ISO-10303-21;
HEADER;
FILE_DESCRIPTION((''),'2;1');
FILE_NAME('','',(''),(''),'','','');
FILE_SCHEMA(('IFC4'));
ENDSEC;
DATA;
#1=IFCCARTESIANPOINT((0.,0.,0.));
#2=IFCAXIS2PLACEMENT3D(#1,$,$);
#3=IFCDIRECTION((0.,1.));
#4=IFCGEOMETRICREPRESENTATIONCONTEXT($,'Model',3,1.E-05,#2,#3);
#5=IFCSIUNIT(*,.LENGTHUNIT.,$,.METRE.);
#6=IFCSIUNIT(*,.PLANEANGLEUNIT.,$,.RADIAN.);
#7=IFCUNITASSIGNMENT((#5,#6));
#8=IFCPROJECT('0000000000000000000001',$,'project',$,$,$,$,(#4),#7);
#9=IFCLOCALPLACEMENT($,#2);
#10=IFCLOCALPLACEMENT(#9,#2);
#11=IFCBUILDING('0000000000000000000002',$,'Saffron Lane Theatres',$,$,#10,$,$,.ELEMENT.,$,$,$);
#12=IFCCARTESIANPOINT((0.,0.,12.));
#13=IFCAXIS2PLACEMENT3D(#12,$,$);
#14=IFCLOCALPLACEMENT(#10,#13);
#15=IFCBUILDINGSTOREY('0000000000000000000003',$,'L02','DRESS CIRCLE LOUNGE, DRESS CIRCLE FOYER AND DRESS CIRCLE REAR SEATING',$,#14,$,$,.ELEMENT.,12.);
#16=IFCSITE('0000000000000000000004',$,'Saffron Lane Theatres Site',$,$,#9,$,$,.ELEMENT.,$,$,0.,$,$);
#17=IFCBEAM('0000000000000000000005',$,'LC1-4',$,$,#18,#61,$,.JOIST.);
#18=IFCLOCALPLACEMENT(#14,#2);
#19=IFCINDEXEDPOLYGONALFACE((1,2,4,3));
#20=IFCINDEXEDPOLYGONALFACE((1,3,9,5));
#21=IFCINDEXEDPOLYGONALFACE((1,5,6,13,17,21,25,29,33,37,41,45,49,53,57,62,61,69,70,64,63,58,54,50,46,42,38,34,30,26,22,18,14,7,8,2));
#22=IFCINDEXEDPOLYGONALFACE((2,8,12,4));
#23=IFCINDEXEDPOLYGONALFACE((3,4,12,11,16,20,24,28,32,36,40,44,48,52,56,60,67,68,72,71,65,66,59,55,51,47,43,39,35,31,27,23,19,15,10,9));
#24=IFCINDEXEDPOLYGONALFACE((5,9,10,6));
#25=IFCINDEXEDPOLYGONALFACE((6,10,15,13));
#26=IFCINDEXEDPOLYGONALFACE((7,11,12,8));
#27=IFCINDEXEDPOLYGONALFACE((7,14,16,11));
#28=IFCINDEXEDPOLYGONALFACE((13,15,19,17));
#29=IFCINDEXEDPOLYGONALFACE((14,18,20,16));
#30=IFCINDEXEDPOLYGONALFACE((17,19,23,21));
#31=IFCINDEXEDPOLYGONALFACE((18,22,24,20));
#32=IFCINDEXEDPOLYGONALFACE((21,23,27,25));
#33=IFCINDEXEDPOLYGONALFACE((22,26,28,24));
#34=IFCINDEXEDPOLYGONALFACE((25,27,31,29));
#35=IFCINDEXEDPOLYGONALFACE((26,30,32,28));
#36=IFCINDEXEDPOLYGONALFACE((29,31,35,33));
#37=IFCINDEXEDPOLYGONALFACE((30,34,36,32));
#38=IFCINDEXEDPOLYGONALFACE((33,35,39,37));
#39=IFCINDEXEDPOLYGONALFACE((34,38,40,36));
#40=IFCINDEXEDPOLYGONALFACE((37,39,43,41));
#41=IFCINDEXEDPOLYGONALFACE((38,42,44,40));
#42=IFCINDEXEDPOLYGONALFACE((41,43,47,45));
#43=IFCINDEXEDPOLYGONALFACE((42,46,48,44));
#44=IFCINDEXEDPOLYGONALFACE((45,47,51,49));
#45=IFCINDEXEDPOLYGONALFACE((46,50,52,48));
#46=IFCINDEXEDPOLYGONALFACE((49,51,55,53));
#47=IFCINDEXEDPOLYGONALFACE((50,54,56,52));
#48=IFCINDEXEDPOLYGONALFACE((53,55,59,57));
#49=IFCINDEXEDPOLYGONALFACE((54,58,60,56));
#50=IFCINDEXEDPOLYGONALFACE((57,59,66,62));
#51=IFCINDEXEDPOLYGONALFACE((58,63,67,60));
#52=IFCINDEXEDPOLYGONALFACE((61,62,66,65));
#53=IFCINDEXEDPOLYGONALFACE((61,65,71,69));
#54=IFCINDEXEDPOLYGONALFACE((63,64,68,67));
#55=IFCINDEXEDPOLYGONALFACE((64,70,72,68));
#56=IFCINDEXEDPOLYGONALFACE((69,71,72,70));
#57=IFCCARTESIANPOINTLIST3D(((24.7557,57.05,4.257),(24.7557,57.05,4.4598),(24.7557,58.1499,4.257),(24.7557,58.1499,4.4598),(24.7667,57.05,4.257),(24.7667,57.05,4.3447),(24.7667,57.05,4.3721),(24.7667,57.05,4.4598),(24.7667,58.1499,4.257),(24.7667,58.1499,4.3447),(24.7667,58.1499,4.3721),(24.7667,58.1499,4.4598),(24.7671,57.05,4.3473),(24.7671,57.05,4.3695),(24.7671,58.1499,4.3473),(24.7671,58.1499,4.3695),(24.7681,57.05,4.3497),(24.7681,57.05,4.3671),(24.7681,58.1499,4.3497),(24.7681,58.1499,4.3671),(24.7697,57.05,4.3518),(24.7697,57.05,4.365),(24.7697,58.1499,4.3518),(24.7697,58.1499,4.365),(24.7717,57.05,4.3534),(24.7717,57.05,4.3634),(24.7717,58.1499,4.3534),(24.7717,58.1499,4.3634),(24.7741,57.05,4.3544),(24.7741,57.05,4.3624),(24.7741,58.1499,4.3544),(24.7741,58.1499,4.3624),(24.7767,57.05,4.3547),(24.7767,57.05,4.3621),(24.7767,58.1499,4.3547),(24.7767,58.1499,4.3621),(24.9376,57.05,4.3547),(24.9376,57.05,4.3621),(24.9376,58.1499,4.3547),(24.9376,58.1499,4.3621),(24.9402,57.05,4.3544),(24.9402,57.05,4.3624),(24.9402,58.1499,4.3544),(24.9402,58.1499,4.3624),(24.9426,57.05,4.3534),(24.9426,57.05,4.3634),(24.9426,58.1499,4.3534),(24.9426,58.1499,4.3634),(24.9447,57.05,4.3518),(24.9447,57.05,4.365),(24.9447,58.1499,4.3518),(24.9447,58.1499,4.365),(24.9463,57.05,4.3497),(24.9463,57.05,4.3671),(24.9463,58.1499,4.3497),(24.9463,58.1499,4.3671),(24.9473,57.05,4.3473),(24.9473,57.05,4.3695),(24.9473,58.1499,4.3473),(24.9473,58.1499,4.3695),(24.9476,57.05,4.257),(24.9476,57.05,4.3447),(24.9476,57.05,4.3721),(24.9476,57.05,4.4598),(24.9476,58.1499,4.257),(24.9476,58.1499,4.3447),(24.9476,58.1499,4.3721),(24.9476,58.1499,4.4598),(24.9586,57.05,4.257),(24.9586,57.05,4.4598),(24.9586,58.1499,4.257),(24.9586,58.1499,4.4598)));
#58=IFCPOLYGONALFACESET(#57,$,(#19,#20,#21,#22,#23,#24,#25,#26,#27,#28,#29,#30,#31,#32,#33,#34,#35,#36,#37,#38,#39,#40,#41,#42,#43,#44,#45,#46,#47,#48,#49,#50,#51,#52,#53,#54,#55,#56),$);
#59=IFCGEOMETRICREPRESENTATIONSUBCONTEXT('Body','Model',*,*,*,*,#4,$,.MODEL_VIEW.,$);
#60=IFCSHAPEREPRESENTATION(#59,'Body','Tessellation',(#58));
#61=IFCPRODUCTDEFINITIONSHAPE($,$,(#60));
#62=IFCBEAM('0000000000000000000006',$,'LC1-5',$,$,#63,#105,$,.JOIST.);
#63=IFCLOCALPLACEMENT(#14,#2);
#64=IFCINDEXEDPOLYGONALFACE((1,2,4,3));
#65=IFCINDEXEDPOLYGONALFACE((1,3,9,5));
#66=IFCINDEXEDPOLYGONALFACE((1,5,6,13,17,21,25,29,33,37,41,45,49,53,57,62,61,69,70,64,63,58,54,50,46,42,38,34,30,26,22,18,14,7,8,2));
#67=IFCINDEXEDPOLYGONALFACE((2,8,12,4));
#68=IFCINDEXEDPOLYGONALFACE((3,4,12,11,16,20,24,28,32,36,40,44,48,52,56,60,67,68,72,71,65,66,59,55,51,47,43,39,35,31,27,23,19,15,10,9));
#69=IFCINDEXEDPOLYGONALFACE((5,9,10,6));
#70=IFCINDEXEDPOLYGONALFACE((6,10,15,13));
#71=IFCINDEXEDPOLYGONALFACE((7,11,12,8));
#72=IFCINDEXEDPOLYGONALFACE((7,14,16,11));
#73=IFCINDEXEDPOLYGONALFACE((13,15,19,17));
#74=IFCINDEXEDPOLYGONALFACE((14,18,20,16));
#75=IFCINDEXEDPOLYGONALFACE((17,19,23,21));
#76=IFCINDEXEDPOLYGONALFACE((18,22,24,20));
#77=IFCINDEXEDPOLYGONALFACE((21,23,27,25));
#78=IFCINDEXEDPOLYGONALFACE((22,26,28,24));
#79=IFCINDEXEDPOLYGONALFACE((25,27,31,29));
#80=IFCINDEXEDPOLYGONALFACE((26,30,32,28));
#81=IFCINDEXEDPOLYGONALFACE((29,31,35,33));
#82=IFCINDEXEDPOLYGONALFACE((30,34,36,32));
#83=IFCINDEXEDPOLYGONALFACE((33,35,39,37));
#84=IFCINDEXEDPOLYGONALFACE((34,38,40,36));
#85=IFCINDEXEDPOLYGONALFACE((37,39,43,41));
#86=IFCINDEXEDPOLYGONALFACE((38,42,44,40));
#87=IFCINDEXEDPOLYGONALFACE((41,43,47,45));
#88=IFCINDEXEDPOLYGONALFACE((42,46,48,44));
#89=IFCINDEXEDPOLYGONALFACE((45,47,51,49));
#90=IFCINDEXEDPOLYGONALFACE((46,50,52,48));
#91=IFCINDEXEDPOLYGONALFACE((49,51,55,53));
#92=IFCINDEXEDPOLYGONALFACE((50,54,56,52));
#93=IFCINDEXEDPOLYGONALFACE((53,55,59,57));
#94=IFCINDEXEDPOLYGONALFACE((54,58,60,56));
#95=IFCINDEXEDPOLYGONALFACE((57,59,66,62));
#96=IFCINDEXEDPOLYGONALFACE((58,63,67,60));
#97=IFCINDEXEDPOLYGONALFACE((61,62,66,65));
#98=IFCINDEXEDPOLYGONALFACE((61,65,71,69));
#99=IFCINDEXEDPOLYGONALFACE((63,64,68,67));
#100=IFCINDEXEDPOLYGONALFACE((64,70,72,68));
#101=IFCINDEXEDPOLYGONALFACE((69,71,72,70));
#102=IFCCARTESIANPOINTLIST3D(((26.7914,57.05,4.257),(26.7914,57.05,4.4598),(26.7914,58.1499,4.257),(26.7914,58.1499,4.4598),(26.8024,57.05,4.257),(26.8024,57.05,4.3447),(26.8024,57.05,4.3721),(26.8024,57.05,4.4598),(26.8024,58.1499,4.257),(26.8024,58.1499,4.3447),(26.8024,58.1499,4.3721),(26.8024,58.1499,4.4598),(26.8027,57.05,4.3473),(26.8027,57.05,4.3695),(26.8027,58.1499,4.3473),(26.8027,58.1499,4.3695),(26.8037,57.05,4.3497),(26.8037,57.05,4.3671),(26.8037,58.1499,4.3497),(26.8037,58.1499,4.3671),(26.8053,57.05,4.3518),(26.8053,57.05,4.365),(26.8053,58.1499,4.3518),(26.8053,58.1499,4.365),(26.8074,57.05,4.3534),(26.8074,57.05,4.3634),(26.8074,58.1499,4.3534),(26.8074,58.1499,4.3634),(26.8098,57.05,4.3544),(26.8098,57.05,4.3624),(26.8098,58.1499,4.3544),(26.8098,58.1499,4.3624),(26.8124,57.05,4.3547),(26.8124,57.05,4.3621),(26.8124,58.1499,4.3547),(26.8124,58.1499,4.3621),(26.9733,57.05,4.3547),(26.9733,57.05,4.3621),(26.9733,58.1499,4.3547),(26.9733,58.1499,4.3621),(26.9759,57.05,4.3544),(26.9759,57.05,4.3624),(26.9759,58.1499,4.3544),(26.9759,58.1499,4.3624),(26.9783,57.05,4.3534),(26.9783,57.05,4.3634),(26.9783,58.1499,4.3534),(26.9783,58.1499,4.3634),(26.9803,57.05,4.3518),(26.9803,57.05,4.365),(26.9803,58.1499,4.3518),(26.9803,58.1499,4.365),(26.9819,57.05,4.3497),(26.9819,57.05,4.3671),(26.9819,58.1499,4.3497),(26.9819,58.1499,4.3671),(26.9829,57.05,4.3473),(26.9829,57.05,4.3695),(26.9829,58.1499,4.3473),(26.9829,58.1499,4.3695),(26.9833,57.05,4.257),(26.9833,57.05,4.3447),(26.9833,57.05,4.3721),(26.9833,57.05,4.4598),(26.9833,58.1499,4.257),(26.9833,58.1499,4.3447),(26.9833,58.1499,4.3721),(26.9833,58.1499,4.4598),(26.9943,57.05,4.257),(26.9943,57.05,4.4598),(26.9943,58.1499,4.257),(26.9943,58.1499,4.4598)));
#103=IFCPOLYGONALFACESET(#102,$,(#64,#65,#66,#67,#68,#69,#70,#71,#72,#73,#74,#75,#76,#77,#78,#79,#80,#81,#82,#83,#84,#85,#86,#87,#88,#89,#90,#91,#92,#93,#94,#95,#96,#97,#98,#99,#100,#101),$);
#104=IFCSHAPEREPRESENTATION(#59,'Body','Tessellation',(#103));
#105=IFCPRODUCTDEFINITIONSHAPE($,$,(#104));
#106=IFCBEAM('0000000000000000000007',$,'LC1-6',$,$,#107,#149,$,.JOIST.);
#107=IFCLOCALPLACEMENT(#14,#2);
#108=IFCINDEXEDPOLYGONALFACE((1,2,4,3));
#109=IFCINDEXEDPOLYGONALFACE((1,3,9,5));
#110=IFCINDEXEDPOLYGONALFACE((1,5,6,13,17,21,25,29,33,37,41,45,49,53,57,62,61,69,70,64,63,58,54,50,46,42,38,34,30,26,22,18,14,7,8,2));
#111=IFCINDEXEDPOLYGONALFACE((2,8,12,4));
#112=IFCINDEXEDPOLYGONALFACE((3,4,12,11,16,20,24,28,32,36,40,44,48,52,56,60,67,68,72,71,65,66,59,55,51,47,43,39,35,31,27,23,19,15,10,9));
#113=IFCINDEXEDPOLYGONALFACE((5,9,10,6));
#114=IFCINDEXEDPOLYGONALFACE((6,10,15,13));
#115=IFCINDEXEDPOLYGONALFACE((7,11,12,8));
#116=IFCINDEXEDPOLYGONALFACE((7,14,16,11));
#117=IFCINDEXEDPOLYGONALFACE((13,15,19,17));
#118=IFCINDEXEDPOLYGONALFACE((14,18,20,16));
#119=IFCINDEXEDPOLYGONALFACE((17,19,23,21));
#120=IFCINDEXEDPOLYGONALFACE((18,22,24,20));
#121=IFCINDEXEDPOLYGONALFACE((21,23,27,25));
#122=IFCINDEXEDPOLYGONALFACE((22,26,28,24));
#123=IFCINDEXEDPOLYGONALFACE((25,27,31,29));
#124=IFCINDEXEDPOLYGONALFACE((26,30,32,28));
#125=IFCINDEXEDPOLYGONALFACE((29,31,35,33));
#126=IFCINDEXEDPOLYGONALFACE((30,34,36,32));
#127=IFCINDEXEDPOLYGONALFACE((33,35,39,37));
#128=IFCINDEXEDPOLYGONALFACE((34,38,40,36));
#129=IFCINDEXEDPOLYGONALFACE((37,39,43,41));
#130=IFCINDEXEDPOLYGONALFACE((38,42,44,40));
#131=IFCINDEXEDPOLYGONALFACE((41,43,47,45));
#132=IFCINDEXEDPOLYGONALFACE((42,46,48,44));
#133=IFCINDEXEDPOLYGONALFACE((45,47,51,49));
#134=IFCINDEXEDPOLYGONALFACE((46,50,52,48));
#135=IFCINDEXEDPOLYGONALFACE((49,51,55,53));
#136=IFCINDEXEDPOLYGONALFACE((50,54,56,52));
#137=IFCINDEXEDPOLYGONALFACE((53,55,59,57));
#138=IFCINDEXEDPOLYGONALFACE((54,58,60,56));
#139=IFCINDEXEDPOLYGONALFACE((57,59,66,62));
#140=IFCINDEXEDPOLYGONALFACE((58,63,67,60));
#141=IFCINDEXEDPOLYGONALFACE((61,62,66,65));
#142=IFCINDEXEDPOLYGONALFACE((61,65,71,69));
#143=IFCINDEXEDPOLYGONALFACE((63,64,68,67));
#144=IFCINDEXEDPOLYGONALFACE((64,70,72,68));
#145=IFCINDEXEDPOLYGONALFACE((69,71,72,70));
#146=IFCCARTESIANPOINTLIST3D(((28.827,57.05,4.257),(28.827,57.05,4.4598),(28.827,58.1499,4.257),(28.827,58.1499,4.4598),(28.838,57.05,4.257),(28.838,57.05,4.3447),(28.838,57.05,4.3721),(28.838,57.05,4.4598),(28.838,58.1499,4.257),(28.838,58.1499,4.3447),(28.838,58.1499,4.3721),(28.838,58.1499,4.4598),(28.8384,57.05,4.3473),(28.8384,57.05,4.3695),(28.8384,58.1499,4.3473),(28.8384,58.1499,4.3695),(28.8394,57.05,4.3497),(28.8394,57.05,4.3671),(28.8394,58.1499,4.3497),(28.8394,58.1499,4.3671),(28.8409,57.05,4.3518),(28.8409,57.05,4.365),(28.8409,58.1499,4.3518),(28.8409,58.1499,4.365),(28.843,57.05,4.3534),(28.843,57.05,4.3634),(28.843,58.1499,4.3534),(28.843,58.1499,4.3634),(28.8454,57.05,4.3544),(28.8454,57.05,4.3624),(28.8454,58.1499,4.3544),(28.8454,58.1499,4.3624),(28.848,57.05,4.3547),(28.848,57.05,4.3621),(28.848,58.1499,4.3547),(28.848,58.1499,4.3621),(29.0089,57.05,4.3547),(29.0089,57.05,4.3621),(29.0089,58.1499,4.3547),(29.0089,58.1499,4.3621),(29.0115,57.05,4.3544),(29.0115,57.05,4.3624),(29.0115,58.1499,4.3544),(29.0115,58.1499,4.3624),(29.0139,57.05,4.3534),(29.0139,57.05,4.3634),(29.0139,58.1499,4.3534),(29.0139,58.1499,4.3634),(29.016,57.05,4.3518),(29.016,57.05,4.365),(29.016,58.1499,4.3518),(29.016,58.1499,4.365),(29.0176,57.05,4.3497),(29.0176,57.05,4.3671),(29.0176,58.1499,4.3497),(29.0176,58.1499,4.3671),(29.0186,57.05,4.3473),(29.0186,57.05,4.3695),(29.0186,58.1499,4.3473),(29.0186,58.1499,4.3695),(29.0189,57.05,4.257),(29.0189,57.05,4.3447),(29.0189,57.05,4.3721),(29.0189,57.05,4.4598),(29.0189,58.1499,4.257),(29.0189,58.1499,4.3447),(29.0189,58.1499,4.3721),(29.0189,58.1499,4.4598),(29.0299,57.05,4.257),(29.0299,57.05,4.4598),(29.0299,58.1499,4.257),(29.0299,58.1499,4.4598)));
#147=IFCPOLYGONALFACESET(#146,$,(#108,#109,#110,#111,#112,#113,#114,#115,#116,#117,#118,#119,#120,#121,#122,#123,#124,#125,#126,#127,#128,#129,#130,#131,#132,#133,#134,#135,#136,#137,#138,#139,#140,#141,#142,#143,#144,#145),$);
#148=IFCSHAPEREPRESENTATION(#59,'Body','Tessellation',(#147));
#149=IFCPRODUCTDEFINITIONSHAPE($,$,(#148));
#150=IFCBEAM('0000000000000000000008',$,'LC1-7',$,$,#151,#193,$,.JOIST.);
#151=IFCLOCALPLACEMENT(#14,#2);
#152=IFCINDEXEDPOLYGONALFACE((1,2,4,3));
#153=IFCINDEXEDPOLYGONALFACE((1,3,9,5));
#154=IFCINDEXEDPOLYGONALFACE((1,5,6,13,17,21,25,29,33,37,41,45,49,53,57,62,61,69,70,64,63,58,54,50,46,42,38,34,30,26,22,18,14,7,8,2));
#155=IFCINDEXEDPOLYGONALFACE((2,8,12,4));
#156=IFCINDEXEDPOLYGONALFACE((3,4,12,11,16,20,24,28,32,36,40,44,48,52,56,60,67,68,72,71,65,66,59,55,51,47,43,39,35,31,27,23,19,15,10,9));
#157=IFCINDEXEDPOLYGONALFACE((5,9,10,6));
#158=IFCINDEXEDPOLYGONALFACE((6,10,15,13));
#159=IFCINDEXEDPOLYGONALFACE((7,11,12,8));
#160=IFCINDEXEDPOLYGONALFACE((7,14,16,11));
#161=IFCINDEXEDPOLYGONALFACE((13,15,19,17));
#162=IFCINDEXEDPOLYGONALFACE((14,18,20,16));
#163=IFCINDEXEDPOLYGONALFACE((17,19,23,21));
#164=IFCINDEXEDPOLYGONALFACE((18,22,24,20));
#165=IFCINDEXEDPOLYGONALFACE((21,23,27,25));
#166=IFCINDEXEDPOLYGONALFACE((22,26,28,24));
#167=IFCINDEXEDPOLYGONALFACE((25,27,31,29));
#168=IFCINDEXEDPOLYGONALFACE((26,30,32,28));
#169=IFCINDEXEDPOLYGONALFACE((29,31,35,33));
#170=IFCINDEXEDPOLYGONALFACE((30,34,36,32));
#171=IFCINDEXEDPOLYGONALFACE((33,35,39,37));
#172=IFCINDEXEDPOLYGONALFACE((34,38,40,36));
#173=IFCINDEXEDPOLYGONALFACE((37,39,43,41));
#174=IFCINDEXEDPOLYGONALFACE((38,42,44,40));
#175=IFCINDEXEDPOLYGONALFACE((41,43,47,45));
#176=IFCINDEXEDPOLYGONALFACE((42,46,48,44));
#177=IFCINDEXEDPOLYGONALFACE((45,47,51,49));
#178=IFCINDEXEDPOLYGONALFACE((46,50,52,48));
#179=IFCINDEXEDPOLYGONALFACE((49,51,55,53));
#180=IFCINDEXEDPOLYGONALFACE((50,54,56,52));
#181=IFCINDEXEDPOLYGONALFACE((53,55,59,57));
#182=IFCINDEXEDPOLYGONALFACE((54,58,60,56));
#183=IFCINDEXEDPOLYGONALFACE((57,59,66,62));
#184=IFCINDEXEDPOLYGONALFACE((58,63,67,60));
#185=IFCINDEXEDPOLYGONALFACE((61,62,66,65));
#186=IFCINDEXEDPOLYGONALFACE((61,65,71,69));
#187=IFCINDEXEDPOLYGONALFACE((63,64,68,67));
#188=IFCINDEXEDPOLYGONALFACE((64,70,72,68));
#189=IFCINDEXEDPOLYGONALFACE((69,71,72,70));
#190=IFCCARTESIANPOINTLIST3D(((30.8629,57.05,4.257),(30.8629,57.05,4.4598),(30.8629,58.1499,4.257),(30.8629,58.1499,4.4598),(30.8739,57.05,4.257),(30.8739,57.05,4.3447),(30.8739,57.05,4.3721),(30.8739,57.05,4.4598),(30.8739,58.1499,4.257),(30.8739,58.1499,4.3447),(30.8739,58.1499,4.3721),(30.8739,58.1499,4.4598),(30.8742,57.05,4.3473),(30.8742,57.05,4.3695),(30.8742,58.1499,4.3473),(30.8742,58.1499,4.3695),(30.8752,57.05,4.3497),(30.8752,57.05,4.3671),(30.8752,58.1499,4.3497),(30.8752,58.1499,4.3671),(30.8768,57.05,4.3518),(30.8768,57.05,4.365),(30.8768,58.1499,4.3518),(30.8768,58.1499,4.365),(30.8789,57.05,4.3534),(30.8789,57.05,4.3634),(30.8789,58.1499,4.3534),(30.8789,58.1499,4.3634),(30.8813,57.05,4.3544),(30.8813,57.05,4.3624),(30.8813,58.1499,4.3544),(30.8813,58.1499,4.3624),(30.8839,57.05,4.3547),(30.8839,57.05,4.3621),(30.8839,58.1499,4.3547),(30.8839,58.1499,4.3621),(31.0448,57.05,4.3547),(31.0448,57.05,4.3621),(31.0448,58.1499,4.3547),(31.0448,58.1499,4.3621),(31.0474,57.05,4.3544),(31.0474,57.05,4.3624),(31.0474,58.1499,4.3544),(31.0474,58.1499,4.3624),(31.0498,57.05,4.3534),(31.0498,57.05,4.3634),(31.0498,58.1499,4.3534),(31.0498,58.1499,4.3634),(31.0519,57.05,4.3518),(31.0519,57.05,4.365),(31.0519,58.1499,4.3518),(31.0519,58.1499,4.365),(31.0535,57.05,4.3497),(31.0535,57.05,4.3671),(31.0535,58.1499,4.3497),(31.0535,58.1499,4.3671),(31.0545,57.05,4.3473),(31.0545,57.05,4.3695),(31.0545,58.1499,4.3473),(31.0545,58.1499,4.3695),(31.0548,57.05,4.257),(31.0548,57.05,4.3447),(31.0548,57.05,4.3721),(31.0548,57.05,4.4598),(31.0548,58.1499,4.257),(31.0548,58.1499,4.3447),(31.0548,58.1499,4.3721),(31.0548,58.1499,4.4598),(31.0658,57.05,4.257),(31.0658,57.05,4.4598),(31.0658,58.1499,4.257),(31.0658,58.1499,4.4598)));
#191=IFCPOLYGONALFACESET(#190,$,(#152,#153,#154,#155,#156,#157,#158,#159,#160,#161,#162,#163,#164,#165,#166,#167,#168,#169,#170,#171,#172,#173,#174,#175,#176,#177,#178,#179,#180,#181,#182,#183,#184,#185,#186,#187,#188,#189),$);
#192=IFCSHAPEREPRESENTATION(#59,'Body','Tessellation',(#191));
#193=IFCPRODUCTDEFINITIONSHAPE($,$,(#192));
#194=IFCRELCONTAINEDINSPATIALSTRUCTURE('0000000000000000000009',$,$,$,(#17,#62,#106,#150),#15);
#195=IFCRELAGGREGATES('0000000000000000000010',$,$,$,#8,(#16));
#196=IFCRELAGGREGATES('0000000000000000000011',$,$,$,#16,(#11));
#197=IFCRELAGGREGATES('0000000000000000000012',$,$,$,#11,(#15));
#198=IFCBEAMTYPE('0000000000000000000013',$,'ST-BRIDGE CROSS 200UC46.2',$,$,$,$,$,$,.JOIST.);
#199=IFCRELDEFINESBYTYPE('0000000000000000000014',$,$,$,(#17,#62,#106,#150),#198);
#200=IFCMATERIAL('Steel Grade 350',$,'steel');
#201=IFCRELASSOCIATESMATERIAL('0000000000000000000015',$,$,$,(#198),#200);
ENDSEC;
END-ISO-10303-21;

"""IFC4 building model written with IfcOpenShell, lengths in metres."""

from ifc_helpers import new_model, si_unit, direction, frame, origin, origin_2d, place, context, subcontext, project, spatial, i_section, extrude, material, material_profile, profile_set, type_object, element, save


model = new_model("IFC4")

# Units and contexts
model_context = context("Model", 3, precision=1e-05, world=origin(), true_north=direction((0.0, 1.0)))
body_context = subcontext(model_context, "Body", "Model", "MODEL_VIEW")
ifc_project = project(units=[si_unit("LENGTHUNIT", "METRE"), si_unit("PLANEANGLEUNIT", "RADIAN")], contexts=[model_context])

# Site, building, storey
site_placement = place(None, origin())
site = spatial("IfcSite", under=ifc_project, at=site_placement, Name="Saffron Lane Theatres Site", CompositionType="ELEMENT", RefElevation=0.0)
building_placement = place(site_placement, origin())
building = spatial("IfcBuilding", under=site, at=building_placement, Name="Saffron Lane Theatres", CompositionType="ELEMENT")
storey_placement = place(building_placement, frame((0.0, 0.0, 12.0)))
storey = spatial("IfcBuildingStorey", under=building, at=storey_placement, Name="L02", Description="DRESS CIRCLE LOUNGE, DRESS CIRCLE FOYER AND DRESS CIRCLE REAR SEATING", CompositionType="ELEMENT", Elevation=12.0)

# Beams
ifc_material_1 = material(Name="Steel Grade 350", Category="steel")
ifc_material_profile_1 = material_profile(ifc_material_1, i_section(OverallWidth=0.2029, OverallDepth=0.2029, WebThickness=0.0073, FlangeThickness=0.011, FilletRadius=0.01, at=origin_2d()))
ifc_profile_set_1 = profile_set([ifc_material_profile_1], Name="Steel Grade 350")
beam_type = type_object("IfcBeamType", Name="ST-BRIDGE CROSS 200UC46.2", PredefinedType="JOIST", material=ifc_profile_set_1)
for number, where, z_axis, x_axis, name in (
    (1, (24.8572, 57.05, 4.3584), (0.0, 1.0, 0.0), (0.0, 0.0, 1.0), "LC1-4"),
    (2, (26.8928, 57.05, 4.3584), (0.0, 1.0, 0.0), (0.0, 0.0, 1.0), "LC1-5"),
    (3, (28.9285, 57.05, 4.3584), (0.0, 1.0, 0.0), (0.0, 0.0, 1.0), "LC1-6"),
    (4, (30.9644, 57.05, 4.3584), (0.0, 1.0, 0.0), (0.0, 0.0, 1.0), "LC1-7"),
):
    element("IfcBeam", number, at=place(storey_placement, frame(where, z_axis=z_axis, x_axis=x_axis)), inside=storey, type_object=beam_type, Name=name, PredefinedType="JOIST", context=body_context, shape_type="SweptSolid", body=[
        extrude(i_section(OverallWidth=0.2029, OverallDepth=0.2029, WebThickness=0.0073, FlangeThickness=0.011, FilletRadius=0.01, at=origin_2d()), origin(), (0.0, 0.0, 1.0), 1.0999),
    ])

save(model, "model.ifc")
